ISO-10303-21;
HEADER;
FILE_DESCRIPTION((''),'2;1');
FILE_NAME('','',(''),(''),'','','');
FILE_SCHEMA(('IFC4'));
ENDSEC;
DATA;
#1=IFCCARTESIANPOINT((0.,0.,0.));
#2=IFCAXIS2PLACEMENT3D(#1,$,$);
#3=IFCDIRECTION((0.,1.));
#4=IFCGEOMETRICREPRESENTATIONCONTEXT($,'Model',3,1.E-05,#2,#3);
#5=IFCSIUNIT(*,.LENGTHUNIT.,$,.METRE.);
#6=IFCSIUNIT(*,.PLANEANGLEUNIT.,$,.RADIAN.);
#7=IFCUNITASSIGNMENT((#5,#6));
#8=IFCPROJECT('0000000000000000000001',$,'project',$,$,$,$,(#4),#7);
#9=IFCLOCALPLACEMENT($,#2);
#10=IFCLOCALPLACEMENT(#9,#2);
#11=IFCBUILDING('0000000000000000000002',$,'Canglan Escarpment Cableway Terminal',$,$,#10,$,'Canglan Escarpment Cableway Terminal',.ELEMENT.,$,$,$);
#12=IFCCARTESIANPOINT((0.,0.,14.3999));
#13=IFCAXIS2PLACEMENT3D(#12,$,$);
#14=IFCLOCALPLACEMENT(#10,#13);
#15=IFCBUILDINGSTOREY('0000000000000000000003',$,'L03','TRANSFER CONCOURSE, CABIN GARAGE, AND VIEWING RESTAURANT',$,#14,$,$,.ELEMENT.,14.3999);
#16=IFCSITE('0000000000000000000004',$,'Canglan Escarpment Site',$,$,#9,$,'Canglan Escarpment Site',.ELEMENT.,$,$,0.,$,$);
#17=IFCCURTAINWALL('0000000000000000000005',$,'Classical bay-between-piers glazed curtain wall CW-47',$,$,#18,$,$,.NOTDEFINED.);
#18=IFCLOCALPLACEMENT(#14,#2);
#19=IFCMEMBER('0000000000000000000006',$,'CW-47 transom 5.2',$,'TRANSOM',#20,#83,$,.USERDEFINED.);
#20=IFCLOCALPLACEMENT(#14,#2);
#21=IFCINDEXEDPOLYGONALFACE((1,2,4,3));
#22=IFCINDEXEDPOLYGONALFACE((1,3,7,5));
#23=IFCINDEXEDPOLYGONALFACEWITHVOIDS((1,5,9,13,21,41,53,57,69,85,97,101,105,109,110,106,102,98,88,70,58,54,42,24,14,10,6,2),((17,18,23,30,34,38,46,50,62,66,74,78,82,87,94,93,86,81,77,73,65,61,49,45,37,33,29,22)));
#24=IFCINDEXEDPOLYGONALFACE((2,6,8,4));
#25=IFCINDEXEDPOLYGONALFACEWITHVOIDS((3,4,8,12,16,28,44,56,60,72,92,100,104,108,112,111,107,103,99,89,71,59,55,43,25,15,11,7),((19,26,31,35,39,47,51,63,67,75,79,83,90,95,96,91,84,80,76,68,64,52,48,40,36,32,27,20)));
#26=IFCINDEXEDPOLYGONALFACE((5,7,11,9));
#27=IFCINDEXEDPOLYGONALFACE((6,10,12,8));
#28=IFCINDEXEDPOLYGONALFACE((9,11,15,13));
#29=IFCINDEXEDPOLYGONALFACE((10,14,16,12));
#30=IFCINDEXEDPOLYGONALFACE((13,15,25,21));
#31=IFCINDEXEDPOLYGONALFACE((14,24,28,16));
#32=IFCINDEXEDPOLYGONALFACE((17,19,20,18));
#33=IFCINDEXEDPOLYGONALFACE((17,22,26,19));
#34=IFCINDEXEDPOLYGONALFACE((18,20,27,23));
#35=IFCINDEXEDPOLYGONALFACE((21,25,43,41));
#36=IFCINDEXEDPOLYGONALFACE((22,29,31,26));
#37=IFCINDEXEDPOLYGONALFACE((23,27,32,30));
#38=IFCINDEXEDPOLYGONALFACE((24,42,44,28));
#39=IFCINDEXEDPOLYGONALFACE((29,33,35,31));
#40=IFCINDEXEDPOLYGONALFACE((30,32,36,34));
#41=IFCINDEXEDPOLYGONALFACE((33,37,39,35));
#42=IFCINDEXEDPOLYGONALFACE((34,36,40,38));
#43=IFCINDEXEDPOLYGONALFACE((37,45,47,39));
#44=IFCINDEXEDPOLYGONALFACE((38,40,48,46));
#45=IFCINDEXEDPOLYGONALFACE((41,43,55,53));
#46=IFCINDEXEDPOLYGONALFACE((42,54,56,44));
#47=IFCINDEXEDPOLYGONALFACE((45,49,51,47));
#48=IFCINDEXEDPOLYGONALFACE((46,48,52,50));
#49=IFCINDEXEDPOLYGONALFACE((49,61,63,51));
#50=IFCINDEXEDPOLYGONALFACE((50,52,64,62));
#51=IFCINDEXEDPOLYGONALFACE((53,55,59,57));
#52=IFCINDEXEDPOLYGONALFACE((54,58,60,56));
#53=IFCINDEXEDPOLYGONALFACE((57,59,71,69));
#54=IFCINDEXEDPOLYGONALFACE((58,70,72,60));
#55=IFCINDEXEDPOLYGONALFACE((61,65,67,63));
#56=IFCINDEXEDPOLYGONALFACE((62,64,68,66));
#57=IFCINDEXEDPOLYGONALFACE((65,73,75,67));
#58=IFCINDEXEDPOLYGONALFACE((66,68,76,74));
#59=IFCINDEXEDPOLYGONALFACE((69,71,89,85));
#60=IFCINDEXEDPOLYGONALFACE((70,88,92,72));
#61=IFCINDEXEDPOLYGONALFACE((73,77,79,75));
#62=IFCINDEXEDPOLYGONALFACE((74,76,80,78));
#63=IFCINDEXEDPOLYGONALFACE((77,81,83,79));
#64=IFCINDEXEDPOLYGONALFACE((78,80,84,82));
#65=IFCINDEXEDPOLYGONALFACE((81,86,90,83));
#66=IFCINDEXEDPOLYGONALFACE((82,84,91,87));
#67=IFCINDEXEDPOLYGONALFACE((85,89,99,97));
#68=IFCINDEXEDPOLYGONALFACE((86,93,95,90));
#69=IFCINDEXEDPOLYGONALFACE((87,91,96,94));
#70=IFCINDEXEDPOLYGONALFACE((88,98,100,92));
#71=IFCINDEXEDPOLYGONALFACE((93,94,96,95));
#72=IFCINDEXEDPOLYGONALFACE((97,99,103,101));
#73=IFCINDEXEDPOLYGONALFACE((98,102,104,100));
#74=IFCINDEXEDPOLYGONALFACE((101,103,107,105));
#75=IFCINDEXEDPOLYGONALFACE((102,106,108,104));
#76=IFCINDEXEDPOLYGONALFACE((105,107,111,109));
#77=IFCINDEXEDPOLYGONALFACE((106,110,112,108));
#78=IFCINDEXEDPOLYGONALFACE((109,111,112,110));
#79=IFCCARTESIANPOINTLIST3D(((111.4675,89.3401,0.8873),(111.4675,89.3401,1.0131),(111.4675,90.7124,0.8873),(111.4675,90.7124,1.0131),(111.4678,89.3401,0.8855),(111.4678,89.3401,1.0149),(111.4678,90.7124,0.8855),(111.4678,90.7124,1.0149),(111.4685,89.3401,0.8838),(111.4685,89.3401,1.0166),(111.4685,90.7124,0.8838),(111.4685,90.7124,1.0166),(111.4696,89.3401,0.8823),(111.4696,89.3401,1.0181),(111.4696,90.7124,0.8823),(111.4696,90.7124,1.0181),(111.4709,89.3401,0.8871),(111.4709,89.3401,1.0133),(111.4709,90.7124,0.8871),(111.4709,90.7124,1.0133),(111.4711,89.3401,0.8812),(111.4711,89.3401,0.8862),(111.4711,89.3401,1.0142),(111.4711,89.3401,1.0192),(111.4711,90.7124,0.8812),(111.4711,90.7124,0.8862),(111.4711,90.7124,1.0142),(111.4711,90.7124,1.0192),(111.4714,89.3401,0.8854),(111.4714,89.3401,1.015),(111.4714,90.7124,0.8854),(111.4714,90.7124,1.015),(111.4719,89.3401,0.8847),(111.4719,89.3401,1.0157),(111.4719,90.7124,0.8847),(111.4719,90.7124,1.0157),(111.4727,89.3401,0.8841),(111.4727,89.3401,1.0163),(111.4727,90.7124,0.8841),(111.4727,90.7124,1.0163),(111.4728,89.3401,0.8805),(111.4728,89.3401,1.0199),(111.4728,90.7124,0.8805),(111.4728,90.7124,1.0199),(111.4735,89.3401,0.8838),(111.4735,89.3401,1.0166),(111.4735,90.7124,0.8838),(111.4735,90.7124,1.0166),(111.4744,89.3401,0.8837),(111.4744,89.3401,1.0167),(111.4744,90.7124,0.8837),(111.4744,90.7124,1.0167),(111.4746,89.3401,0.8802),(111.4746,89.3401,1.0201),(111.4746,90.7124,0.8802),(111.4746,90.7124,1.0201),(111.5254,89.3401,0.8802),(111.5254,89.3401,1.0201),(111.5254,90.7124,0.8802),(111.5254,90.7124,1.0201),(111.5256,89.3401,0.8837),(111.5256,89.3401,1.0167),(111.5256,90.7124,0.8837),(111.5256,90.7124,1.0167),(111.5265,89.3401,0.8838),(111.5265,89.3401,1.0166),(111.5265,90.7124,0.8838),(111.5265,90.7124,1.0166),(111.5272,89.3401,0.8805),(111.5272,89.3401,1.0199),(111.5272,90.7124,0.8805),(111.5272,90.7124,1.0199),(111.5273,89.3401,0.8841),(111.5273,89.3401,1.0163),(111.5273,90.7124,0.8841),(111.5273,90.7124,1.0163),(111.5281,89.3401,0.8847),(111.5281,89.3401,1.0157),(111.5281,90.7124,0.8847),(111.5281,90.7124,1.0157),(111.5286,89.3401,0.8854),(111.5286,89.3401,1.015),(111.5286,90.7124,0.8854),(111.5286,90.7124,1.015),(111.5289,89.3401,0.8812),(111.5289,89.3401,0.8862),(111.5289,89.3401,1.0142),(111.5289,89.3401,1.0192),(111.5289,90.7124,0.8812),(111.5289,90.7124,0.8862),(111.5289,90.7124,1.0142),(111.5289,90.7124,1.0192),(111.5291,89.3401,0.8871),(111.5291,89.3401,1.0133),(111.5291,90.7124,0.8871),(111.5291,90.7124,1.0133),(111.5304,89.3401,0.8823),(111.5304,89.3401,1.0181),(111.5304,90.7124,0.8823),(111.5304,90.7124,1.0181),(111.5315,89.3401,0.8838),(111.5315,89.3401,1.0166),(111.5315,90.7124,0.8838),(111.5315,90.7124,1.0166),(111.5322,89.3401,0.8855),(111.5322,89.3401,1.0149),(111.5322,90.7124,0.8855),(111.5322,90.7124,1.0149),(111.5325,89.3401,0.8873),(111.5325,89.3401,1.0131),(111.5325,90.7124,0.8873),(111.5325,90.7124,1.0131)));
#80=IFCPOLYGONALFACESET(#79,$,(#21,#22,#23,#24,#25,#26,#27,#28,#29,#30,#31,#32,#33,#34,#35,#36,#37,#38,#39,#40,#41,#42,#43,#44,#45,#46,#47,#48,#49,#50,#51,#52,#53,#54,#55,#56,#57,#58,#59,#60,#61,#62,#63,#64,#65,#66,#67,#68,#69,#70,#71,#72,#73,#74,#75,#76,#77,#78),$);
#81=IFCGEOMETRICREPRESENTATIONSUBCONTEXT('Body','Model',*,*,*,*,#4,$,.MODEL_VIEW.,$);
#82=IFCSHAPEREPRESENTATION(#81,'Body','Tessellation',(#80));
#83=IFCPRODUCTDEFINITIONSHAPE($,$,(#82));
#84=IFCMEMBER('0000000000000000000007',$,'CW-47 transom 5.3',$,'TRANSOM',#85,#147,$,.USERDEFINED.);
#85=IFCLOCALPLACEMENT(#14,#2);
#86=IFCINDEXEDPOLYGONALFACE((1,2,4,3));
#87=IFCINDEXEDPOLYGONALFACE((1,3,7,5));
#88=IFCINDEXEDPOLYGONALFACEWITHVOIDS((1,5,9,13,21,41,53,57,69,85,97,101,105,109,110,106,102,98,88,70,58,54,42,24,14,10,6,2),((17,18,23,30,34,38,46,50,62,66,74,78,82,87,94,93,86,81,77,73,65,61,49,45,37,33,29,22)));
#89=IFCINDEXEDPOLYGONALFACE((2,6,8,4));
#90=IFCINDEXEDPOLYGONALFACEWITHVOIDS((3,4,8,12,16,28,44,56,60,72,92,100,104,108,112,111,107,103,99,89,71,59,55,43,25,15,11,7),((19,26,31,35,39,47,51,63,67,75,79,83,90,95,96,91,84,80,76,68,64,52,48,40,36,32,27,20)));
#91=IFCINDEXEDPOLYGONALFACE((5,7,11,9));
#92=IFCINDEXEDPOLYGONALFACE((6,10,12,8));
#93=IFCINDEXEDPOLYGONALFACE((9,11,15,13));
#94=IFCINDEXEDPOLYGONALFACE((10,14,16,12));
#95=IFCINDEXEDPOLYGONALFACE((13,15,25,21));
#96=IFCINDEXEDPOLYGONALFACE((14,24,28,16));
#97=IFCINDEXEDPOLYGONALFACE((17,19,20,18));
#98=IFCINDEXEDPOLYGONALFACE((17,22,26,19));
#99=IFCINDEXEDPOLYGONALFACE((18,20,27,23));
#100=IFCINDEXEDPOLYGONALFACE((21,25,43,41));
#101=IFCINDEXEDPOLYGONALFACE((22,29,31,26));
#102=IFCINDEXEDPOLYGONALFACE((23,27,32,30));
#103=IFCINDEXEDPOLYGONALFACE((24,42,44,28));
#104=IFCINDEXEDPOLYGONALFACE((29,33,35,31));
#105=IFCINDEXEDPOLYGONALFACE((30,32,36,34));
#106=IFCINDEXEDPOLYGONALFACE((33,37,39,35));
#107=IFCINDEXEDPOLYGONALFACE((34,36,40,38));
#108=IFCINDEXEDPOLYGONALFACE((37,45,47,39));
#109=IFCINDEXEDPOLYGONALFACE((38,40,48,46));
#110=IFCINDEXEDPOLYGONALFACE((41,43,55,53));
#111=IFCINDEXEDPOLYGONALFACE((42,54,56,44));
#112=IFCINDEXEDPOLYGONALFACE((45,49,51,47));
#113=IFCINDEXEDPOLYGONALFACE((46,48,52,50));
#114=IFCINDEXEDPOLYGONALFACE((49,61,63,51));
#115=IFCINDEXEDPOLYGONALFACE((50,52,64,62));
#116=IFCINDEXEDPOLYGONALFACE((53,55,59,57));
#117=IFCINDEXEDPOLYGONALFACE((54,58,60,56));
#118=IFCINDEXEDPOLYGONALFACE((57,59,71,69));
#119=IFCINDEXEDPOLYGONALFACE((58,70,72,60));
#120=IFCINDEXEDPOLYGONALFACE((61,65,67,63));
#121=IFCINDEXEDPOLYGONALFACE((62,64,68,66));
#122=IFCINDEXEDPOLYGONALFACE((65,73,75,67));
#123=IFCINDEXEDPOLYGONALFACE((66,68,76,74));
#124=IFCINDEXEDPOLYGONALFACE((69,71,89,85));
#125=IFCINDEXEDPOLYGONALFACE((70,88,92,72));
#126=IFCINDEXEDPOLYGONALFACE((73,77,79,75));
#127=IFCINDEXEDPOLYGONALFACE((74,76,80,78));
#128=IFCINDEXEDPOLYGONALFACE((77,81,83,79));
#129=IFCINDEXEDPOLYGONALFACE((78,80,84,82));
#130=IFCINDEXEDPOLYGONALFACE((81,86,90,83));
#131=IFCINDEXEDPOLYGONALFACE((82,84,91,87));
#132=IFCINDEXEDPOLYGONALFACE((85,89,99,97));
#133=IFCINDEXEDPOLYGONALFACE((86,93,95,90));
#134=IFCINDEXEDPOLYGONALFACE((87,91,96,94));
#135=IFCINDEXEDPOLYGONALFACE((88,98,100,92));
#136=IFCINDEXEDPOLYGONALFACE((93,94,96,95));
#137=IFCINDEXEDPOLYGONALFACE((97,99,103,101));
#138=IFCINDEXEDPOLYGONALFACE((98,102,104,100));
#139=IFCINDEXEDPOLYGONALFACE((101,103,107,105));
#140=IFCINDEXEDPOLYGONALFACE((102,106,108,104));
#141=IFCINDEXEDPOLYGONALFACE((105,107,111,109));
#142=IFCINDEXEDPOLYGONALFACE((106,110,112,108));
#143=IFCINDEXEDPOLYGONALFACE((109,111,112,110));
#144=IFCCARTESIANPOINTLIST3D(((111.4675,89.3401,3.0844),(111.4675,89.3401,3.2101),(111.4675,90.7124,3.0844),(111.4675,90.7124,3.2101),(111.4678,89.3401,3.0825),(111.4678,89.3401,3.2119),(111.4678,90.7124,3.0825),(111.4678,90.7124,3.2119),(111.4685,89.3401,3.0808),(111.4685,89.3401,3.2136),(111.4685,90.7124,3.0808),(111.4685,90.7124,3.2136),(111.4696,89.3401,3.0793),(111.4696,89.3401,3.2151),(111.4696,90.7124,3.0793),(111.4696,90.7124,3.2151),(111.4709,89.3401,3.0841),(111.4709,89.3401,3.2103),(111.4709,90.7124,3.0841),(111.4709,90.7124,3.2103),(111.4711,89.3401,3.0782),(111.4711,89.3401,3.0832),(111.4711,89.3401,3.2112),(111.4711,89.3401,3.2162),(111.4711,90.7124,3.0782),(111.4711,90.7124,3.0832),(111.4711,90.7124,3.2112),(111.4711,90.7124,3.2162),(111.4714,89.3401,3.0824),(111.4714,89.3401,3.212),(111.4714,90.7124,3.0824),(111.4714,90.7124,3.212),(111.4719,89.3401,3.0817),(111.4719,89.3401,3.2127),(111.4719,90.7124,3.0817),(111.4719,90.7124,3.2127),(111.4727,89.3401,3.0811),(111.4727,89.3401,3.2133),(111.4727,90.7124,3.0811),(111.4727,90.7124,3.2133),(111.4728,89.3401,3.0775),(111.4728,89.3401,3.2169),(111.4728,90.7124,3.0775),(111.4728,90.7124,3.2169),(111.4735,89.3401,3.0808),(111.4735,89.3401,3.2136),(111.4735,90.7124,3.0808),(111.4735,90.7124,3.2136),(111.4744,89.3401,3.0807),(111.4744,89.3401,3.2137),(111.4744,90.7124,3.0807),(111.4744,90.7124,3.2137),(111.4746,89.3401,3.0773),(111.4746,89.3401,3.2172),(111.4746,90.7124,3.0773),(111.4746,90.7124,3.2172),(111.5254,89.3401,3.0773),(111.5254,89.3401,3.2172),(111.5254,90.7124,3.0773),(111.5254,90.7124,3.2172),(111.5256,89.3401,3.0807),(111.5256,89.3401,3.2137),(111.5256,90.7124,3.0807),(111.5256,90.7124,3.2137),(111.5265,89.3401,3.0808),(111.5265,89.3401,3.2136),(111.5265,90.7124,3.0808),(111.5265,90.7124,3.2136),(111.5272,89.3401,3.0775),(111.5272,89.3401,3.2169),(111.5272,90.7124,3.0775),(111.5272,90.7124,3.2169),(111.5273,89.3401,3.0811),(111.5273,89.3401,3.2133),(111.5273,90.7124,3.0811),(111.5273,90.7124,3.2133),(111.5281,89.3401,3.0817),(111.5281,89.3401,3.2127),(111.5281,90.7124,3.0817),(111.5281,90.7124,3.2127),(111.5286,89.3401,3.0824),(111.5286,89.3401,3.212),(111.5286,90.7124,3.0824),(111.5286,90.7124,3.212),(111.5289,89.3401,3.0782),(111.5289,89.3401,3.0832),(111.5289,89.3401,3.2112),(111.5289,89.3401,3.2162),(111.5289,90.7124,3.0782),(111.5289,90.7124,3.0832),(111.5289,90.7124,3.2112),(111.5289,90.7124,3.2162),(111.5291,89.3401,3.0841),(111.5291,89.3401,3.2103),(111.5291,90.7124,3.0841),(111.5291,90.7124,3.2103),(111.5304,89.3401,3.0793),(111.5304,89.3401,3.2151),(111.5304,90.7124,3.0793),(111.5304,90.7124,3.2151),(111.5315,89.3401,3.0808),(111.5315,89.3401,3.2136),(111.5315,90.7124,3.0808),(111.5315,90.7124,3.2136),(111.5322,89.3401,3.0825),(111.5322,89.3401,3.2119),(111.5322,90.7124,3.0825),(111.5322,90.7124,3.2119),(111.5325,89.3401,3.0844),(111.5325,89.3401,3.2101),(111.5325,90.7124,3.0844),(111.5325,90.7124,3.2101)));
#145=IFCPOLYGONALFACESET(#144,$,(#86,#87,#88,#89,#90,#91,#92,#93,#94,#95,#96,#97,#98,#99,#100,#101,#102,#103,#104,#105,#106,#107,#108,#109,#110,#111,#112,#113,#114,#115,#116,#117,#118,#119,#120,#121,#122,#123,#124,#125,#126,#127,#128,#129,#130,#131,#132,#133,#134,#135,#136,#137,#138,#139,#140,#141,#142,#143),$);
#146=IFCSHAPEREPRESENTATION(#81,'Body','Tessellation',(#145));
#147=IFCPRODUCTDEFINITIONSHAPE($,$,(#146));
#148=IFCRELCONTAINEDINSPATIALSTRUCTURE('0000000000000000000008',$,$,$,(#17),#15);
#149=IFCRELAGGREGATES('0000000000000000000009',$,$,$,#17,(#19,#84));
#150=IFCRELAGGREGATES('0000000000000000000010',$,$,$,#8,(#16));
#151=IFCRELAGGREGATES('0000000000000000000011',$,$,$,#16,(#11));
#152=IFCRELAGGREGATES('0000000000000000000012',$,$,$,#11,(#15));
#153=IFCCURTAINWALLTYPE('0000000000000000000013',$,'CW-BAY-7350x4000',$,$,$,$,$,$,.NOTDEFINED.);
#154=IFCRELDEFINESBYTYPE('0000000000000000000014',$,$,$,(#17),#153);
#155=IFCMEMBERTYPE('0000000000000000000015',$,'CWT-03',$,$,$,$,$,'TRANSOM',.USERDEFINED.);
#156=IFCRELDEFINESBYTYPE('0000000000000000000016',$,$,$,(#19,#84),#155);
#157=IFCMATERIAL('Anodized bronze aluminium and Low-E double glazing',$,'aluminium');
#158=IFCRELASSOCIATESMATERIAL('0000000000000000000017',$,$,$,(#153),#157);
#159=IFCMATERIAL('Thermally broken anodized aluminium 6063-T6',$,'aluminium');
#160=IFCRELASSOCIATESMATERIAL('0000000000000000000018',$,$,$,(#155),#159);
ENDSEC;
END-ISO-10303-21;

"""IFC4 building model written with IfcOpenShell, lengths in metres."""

from ifc_helpers import new_model, si_unit, direction, frame, origin, origin_2d, place, context, subcontext, project, spatial, hollow_rectangle, extrude, material, material_profile, profile_set, type_object, element, aggregate, save


model = new_model("IFC4")

# Units and contexts
model_context = context("Model", 3, precision=1e-05, world=origin(), true_north=direction((0.0, 1.0)))
body_context = subcontext(model_context, "Body", "Model", "MODEL_VIEW")
ifc_project = project(units=[si_unit("LENGTHUNIT", "METRE"), si_unit("PLANEANGLEUNIT", "RADIAN")], contexts=[model_context])

# Site, building, storey
site_placement = place(None, origin())
site = spatial("IfcSite", under=ifc_project, at=site_placement, Name="Canglan Escarpment Site", LongName="Canglan Escarpment Site", CompositionType="ELEMENT", RefElevation=0.0)
building_placement = place(site_placement, origin())
building = spatial("IfcBuilding", under=site, at=building_placement, Name="Canglan Escarpment Cableway Terminal", LongName="Canglan Escarpment Cableway Terminal", CompositionType="ELEMENT")
storey_placement = place(building_placement, frame((0.0, 0.0, 14.3999)))
storey = spatial("IfcBuildingStorey", under=building, at=storey_placement, Name="L03", Description="TRANSFER CONCOURSE, CABIN GARAGE, AND VIEWING RESTAURANT", CompositionType="ELEMENT", Elevation=14.3999)

# Curtain wall, members
ifc_material_1 = material(Name="Anodized bronze aluminium and Low-E double glazing", Category="aluminium")
curtain_wall_type = type_object("IfcCurtainWallType", Name="CW-BAY-7350x4000", PredefinedType="NOTDEFINED", material=ifc_material_1)
curtain_wall_placement = place(storey_placement, origin())
curtain_wall = element("IfcCurtainWall", 1, at=curtain_wall_placement, inside=storey, type_object=curtain_wall_type, Name="Classical bay-between-piers glazed curtain wall CW-47", PredefinedType="NOTDEFINED")
ifc_material_2 = material(Name="Thermally broken anodized aluminium 6063-T6", Category="aluminium")
ifc_material_profile_1 = material_profile(ifc_material_2, hollow_rectangle(XDim=0.0649, YDim=0.1399, WallThickness=0.0034, InnerFilletRadius=0.0034, OuterFilletRadius=0.0071, at=origin_2d()), Name="ALU-TRAN 65x140x3.5")
ifc_profile_set_1 = profile_set([ifc_material_profile_1], Name="Thermally broken anodized aluminium 6063-T6")
member_type_1 = type_object("IfcMemberType", Name="CWT-03", ElementType="TRANSOM", PredefinedType="USERDEFINED", material=ifc_profile_set_1)
member_1_placement = place(storey_placement, frame((111.5, 90.7124, 0.9502), z_axis=(0.0, -1.0, 0.0), x_axis=(1.0, 0.0, 0.0)))
member_1 = element("IfcMember", 2, at=member_1_placement, type_object=member_type_1, Name="CW-47 transom 5.2", ObjectType="TRANSOM", PredefinedType="USERDEFINED", context=body_context, shape_type="SweptSolid", body=[
    extrude(hollow_rectangle(XDim=0.0649, YDim=0.1399, WallThickness=0.0034, InnerFilletRadius=0.0034, OuterFilletRadius=0.0071, at=origin_2d()), origin(), (0.0, 0.0, 1.0), 1.3723),
])
member_2_placement = place(storey_placement, frame((111.5, 90.7124, 3.1472), z_axis=(0.0, -1.0, 0.0), x_axis=(1.0, 0.0, 0.0)))
member_2 = element("IfcMember", 3, at=member_2_placement, type_object=member_type_1, Name="CW-47 transom 5.3", ObjectType="TRANSOM", PredefinedType="USERDEFINED", context=body_context, shape_type="SweptSolid", body=[
    extrude(hollow_rectangle(XDim=0.0649, YDim=0.1399, WallThickness=0.0034, InnerFilletRadius=0.0034, OuterFilletRadius=0.0071, at=origin_2d()), origin(), (0.0, 0.0, 1.0), 1.3723),
])
aggregate(curtain_wall, [member_1, member_2])

save(model, "model.ifc")
